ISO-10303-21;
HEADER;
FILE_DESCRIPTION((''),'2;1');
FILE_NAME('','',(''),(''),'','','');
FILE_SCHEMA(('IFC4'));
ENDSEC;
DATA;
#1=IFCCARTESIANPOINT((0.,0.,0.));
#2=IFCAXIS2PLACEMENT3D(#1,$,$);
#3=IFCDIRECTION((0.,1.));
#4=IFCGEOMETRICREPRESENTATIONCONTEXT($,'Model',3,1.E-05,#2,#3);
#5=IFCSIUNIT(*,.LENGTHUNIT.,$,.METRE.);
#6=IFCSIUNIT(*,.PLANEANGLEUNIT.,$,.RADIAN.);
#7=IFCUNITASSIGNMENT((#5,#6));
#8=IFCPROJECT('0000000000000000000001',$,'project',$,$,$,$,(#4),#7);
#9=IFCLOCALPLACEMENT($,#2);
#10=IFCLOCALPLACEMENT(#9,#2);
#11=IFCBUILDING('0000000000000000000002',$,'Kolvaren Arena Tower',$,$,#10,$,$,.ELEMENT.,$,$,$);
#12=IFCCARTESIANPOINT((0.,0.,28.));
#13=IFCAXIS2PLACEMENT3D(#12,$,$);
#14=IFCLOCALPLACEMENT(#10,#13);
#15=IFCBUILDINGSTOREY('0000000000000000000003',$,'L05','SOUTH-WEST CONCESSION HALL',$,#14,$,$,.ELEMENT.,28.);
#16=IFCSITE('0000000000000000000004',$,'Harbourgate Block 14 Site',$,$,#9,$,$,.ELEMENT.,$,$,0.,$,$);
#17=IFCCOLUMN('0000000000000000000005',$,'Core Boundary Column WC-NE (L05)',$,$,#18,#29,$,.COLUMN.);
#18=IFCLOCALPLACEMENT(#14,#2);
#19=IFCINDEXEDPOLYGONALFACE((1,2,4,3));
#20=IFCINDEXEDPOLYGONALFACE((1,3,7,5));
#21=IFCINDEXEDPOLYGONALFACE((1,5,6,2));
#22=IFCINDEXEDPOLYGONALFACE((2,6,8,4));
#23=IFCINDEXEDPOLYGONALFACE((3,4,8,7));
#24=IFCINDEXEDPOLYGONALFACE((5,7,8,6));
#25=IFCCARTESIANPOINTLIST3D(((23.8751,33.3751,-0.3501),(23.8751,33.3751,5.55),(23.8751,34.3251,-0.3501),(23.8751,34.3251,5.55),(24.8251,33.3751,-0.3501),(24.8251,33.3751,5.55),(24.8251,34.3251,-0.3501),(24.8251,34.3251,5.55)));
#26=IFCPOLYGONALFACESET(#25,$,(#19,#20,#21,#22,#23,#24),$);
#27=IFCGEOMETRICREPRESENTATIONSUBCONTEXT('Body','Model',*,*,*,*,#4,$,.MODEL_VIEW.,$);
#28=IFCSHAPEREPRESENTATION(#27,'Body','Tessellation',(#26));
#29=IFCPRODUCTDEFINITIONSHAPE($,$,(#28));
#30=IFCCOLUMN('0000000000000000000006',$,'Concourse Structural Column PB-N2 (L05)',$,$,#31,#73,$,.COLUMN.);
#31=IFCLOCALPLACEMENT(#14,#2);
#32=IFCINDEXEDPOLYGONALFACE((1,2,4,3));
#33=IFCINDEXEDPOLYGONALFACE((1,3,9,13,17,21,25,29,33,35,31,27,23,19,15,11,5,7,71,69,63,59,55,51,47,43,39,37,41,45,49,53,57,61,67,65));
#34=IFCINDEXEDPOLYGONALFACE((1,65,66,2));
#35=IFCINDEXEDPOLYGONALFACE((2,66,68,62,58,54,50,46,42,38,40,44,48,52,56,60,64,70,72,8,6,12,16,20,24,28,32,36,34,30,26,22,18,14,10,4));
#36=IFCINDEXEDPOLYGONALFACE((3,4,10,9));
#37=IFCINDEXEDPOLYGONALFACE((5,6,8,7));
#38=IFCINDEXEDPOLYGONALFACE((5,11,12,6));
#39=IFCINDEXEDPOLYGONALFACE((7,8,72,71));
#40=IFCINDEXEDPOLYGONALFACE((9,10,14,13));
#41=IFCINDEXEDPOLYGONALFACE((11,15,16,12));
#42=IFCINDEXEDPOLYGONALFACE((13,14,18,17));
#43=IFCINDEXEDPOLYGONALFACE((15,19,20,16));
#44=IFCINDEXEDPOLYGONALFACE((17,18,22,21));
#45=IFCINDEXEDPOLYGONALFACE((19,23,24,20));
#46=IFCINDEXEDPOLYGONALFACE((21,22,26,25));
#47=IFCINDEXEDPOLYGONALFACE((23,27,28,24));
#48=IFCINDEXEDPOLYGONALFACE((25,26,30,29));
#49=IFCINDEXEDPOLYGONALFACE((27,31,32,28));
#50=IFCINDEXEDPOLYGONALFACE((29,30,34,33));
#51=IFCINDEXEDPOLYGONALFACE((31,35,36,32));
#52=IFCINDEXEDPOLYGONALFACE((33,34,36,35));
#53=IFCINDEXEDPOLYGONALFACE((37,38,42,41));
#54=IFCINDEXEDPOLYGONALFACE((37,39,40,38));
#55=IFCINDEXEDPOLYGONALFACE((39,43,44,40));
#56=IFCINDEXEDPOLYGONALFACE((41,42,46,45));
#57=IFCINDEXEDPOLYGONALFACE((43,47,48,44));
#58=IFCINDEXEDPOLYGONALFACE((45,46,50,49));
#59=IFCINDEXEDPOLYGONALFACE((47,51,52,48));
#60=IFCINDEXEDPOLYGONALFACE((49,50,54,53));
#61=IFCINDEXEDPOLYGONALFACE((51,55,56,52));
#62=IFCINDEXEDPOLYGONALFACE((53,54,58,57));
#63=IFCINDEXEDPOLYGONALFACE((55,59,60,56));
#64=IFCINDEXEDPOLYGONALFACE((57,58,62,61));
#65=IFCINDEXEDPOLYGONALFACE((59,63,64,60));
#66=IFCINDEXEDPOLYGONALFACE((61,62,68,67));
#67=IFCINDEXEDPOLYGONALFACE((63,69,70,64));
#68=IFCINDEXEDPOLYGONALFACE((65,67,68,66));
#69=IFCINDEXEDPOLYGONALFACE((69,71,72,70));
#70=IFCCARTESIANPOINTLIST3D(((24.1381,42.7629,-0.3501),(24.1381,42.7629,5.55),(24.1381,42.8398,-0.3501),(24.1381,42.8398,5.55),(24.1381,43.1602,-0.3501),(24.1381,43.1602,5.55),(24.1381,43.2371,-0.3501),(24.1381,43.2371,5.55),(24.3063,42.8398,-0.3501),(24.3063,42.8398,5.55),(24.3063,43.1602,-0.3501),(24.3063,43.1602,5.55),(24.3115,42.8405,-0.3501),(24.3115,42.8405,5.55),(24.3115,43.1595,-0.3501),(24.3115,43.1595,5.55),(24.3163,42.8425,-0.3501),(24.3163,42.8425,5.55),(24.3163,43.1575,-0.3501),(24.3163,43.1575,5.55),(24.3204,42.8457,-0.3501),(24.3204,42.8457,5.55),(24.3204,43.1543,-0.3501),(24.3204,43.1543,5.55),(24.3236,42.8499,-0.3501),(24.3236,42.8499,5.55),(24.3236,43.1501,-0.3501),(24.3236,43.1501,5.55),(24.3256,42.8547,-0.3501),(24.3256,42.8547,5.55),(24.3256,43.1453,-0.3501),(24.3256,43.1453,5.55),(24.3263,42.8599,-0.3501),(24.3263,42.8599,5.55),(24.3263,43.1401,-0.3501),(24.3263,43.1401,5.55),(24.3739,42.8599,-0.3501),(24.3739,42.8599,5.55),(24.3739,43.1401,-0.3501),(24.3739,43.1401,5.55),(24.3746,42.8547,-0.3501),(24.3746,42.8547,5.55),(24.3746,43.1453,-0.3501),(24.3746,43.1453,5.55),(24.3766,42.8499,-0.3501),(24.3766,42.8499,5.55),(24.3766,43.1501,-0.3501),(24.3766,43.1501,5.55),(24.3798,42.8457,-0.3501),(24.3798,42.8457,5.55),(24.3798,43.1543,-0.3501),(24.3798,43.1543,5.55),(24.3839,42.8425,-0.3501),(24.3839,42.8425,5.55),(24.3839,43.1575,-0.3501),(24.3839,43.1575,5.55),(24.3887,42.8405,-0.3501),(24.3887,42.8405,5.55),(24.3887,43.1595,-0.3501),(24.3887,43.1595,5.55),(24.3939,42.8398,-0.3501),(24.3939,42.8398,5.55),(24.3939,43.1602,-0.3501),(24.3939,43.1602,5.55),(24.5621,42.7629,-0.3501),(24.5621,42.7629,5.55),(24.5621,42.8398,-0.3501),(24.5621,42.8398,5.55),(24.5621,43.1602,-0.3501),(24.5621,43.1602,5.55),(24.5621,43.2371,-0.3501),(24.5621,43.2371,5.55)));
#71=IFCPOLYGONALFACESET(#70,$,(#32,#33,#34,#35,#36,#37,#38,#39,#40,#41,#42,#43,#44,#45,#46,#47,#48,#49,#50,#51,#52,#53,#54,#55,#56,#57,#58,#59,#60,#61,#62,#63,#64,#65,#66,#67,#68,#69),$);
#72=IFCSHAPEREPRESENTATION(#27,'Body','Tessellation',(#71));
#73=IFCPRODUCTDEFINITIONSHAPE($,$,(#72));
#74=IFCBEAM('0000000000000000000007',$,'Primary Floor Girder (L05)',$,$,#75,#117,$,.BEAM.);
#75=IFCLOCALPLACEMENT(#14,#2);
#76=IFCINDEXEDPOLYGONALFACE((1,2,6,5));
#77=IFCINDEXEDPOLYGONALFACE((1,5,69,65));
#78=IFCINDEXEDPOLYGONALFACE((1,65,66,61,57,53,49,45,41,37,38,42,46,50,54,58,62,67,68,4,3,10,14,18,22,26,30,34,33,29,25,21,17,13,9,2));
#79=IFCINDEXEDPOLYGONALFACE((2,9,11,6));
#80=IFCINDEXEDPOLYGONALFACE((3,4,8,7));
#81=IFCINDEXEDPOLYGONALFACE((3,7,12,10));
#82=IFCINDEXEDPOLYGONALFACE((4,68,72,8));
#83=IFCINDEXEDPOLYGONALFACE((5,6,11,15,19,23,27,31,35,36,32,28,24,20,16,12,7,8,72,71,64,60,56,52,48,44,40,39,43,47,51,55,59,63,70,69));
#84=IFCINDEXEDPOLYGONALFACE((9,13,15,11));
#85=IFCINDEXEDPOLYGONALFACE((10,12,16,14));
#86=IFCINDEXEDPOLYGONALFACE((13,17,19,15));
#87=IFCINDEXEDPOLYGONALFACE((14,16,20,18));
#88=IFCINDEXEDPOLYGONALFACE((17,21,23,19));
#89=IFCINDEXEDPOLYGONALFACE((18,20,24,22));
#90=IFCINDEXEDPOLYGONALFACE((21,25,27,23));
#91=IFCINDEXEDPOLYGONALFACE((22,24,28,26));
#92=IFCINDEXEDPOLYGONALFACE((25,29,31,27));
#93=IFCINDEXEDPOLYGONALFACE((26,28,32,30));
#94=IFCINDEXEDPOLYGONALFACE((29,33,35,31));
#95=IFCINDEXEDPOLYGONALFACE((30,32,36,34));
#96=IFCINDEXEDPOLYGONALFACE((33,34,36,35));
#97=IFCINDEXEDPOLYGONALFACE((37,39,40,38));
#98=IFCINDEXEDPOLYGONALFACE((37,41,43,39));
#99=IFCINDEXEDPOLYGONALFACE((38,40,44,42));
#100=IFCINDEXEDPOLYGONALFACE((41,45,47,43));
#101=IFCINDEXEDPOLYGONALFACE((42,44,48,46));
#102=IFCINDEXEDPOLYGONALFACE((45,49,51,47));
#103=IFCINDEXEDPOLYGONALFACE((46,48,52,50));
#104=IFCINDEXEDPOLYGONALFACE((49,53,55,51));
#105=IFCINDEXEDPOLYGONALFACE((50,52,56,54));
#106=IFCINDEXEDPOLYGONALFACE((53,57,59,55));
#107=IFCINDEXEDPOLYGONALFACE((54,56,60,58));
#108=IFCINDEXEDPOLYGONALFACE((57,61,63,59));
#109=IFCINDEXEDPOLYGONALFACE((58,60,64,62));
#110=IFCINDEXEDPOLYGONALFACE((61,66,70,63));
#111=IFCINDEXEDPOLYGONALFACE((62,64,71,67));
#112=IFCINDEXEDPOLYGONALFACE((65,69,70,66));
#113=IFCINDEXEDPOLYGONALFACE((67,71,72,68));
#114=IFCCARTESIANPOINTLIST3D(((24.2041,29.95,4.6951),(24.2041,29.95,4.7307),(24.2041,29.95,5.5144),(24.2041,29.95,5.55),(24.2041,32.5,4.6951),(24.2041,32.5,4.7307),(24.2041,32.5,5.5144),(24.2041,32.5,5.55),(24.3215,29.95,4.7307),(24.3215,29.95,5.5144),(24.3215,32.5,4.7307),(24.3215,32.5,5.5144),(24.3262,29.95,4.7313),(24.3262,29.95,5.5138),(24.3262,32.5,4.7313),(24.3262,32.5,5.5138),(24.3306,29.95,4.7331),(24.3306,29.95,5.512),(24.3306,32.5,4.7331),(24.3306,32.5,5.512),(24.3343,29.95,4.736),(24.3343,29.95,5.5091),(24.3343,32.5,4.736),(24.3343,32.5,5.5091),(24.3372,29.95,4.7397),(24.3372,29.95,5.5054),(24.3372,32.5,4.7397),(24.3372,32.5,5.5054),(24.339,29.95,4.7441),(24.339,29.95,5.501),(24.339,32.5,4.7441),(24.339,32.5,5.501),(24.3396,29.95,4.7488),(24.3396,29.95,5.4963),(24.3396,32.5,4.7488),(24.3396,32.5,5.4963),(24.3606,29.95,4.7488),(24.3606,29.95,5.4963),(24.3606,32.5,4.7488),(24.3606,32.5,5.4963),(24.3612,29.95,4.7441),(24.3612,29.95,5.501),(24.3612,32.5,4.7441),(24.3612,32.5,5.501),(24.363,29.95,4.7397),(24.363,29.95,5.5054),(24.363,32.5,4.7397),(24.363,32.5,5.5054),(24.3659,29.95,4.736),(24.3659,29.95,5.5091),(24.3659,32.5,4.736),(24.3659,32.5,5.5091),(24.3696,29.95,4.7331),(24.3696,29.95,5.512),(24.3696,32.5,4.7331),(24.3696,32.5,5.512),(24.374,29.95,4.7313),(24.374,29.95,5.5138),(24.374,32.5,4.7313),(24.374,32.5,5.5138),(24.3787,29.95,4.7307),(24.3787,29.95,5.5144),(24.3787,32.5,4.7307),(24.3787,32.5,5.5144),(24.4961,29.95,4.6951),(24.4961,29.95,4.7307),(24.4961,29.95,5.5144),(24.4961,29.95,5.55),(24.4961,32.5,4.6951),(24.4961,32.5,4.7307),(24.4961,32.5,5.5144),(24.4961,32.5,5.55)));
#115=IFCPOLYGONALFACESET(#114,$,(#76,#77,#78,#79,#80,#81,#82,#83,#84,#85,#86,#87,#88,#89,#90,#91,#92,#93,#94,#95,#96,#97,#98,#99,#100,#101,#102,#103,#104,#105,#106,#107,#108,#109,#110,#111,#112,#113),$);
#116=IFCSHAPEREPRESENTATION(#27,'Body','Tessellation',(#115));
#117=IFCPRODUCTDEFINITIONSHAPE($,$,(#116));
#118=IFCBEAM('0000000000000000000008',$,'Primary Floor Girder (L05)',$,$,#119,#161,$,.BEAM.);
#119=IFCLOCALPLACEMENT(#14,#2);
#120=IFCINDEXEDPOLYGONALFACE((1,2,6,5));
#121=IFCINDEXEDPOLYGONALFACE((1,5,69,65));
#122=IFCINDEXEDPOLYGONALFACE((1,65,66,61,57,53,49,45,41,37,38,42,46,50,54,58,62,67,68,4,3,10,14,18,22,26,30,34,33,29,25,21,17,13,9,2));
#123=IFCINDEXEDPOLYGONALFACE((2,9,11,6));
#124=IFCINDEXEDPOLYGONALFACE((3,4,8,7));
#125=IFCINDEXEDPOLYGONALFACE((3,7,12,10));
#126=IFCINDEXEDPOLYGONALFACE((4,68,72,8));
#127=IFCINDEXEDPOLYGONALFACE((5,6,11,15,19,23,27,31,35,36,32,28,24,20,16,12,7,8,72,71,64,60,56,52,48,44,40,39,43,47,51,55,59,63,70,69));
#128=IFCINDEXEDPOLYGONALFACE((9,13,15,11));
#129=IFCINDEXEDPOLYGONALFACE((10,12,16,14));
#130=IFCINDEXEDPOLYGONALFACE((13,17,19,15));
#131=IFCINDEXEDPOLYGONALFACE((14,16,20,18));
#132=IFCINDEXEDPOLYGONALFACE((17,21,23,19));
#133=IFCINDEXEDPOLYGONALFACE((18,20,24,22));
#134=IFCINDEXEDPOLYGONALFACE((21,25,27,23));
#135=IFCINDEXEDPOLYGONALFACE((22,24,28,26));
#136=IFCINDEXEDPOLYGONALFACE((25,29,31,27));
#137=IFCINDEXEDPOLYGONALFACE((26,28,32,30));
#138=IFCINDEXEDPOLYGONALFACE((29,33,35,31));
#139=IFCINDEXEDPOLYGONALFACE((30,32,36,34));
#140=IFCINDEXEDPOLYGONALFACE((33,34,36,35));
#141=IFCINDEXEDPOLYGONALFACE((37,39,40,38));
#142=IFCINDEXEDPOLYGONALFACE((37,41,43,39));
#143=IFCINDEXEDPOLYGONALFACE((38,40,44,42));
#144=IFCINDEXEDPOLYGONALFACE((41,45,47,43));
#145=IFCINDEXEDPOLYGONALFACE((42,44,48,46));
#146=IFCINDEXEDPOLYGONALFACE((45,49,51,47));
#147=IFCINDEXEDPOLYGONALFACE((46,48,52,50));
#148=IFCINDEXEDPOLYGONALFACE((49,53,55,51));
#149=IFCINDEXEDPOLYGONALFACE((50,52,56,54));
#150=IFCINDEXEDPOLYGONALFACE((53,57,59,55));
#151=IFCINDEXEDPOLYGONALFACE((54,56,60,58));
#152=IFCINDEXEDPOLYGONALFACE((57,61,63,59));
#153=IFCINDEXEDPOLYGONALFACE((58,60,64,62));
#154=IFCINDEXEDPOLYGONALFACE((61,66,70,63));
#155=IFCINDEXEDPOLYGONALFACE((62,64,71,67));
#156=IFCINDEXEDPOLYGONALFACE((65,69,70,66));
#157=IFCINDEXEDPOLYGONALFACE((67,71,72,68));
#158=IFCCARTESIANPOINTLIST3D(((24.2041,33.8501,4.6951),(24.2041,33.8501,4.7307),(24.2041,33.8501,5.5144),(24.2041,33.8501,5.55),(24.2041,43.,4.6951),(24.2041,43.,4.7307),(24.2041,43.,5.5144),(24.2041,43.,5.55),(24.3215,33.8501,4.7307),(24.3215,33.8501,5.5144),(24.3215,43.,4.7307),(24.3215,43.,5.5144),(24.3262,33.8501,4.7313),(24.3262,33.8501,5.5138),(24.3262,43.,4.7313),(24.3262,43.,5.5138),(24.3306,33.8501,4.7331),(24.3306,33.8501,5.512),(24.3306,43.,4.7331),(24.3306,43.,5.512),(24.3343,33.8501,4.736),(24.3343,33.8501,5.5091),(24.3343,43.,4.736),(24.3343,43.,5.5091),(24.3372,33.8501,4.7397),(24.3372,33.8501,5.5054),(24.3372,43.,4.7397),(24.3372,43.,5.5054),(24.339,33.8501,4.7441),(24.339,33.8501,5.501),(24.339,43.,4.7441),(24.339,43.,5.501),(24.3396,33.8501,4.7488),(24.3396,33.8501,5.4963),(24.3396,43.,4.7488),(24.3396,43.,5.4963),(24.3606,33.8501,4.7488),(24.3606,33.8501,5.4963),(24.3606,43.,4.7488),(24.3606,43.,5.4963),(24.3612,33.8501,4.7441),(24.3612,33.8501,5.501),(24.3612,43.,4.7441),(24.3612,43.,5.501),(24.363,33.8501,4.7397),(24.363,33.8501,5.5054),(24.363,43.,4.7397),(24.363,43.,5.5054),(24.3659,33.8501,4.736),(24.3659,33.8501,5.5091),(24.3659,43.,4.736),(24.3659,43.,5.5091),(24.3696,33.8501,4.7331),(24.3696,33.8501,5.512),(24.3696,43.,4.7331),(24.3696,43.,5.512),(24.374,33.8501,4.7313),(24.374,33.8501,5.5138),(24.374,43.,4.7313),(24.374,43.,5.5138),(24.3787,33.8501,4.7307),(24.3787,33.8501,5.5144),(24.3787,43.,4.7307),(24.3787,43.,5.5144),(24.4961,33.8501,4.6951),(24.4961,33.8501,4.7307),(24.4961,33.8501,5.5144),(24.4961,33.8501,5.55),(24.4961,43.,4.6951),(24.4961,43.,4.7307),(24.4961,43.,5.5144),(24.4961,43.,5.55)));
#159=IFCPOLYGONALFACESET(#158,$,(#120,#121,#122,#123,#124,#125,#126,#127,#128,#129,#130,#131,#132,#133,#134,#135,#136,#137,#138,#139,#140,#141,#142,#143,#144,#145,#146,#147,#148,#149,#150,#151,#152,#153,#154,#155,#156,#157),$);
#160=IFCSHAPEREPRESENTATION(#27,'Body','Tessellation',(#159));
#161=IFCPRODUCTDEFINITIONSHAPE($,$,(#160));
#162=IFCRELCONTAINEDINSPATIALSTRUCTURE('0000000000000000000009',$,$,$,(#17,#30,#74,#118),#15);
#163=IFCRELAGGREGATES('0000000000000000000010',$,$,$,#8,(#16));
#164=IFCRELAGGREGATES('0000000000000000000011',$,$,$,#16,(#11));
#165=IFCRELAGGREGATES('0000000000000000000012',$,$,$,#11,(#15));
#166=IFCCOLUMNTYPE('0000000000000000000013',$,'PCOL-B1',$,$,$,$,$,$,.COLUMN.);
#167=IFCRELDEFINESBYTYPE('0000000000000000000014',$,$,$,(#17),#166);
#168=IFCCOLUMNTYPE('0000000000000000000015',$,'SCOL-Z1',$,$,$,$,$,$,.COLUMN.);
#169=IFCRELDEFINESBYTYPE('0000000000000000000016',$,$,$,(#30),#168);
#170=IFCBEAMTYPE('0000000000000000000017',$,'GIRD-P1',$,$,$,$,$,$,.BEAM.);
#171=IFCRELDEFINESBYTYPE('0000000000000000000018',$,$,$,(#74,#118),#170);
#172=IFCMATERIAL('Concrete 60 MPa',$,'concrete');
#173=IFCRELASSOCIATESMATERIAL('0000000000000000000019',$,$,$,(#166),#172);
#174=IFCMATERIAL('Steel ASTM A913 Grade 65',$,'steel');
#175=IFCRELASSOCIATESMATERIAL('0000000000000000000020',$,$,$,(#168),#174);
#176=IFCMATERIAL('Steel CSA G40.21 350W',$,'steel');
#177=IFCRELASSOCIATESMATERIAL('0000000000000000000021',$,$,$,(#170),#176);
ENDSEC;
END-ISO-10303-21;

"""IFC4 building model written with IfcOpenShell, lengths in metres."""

from ifc_helpers import new_model, si_unit, direction, frame, origin, origin_2d, place, context, subcontext, project, spatial, rectangle, i_section, extrude, material, material_profile, profile_set, type_object, element, save


model = new_model("IFC4")

# Units and contexts
model_context = context("Model", 3, precision=1e-05, world=origin(), true_north=direction((0.0, 1.0)))
body_context = subcontext(model_context, "Body", "Model", "MODEL_VIEW")
ifc_project = project(units=[si_unit("LENGTHUNIT", "METRE"), si_unit("PLANEANGLEUNIT", "RADIAN")], contexts=[model_context])

# Site, building, storey
site_placement = place(None, origin())
site = spatial("IfcSite", under=ifc_project, at=site_placement, Name="Harbourgate Block 14 Site", CompositionType="ELEMENT", RefElevation=0.0)
building_placement = place(site_placement, origin())
building = spatial("IfcBuilding", under=site, at=building_placement, Name="Kolvaren Arena Tower", CompositionType="ELEMENT")
storey_placement = place(building_placement, frame((0.0, 0.0, 28.0)))
storey = spatial("IfcBuildingStorey", under=building, at=storey_placement, Name="L05", Description="SOUTH-WEST CONCESSION HALL", CompositionType="ELEMENT", Elevation=28.0)

# Columns
ifc_material_1 = material(Name="Concrete 60 MPa", Category="concrete")
ifc_material_profile_1 = material_profile(ifc_material_1, rectangle(XDim=0.95, YDim=0.95, at=origin_2d()), Name="RC-950x950")
ifc_profile_set_1 = profile_set([ifc_material_profile_1], Name="Concrete 60 MPa")
column_type_1 = type_object("IfcColumnType", Name="PCOL-B1", PredefinedType="COLUMN", material=ifc_profile_set_1)
column_1_placement = place(storey_placement, frame((24.3501, 33.8501, -0.3501), z_axis=(0.0, 0.0, 1.0), x_axis=(1.0, 0.0, 0.0)))
element("IfcColumn", 1, at=column_1_placement, inside=storey, type_object=column_type_1, Name="Core Boundary Column WC-NE (L05)", PredefinedType="COLUMN", context=body_context, shape_type="SweptSolid", body=[
    extrude(rectangle(XDim=0.95, YDim=0.95, at=origin_2d()), origin(), (0.0, 0.0, 1.0), 5.9001),
])
ifc_material_2 = material(Name="Steel ASTM A913 Grade 65", Category="steel")
ifc_material_profile_2 = material_profile(ifc_material_2, i_section(OverallWidth=0.4241, OverallDepth=0.4741, WebThickness=0.0476, FlangeThickness=0.0769, FilletRadius=0.02, at=origin_2d()), Name="W360x634")
ifc_profile_set_2 = profile_set([ifc_material_profile_2], Name="Steel ASTM A913 Grade 65")
column_type_2 = type_object("IfcColumnType", Name="SCOL-Z1", PredefinedType="COLUMN", material=ifc_profile_set_2)
column_2_placement = place(storey_placement, frame((24.3501, 43.0, -0.3501), z_axis=(0.0, 0.0, 1.0), x_axis=(1.0, 0.0, 0.0)))
element("IfcColumn", 2, at=column_2_placement, inside=storey, type_object=column_type_2, Name="Concourse Structural Column PB-N2 (L05)", PredefinedType="COLUMN", context=body_context, shape_type="SweptSolid", body=[
    extrude(i_section(OverallWidth=0.4241, OverallDepth=0.4741, WebThickness=0.0476, FlangeThickness=0.0769, FilletRadius=0.02, at=origin_2d()), origin(), (0.0, 0.0, 1.0), 5.9001),
])

# Beams
ifc_material_3 = material(Name="Steel CSA G40.21 350W", Category="steel")
ifc_material_profile_3 = material_profile(ifc_material_3, i_section(OverallWidth=0.292, OverallDepth=0.855, WebThickness=0.021, FlangeThickness=0.0356, FilletRadius=0.0181, at=origin_2d()), Name="W840x299")
ifc_profile_set_3 = profile_set([ifc_material_profile_3], Name="Steel CSA G40.21 350W")
beam_type_1 = type_object("IfcBeamType", Name="GIRD-P1", PredefinedType="BEAM", material=ifc_profile_set_3)
beam_1_placement = place(storey_placement, frame((24.3501, 29.95, 5.1226), z_axis=(0.0, 1.0, 0.0), x_axis=(-1.0, 0.0, 0.0)))
element("IfcBeam", 3, at=beam_1_placement, inside=storey, type_object=beam_type_1, Name="Primary Floor Girder (L05)", PredefinedType="BEAM", context=body_context, shape_type="SweptSolid", body=[
    extrude(i_section(OverallWidth=0.292, OverallDepth=0.855, WebThickness=0.021, FlangeThickness=0.0356, FilletRadius=0.0181, at=origin_2d()), origin(), (0.0, 0.0, 1.0), 2.55),
])
beam_2_placement = place(storey_placement, frame((24.3501, 33.8501, 5.1226), z_axis=(0.0, 1.0, 0.0), x_axis=(-1.0, 0.0, 0.0)))
element("IfcBeam", 4, at=beam_2_placement, inside=storey, type_object=beam_type_1, Name="Primary Floor Girder (L05)", PredefinedType="BEAM", context=body_context, shape_type="SweptSolid", body=[
    extrude(i_section(OverallWidth=0.292, OverallDepth=0.855, WebThickness=0.021, FlangeThickness=0.0356, FilletRadius=0.0181, at=origin_2d()), origin(), (0.0, 0.0, 1.0), 9.1499),
])

save(model, "model.ifc")
